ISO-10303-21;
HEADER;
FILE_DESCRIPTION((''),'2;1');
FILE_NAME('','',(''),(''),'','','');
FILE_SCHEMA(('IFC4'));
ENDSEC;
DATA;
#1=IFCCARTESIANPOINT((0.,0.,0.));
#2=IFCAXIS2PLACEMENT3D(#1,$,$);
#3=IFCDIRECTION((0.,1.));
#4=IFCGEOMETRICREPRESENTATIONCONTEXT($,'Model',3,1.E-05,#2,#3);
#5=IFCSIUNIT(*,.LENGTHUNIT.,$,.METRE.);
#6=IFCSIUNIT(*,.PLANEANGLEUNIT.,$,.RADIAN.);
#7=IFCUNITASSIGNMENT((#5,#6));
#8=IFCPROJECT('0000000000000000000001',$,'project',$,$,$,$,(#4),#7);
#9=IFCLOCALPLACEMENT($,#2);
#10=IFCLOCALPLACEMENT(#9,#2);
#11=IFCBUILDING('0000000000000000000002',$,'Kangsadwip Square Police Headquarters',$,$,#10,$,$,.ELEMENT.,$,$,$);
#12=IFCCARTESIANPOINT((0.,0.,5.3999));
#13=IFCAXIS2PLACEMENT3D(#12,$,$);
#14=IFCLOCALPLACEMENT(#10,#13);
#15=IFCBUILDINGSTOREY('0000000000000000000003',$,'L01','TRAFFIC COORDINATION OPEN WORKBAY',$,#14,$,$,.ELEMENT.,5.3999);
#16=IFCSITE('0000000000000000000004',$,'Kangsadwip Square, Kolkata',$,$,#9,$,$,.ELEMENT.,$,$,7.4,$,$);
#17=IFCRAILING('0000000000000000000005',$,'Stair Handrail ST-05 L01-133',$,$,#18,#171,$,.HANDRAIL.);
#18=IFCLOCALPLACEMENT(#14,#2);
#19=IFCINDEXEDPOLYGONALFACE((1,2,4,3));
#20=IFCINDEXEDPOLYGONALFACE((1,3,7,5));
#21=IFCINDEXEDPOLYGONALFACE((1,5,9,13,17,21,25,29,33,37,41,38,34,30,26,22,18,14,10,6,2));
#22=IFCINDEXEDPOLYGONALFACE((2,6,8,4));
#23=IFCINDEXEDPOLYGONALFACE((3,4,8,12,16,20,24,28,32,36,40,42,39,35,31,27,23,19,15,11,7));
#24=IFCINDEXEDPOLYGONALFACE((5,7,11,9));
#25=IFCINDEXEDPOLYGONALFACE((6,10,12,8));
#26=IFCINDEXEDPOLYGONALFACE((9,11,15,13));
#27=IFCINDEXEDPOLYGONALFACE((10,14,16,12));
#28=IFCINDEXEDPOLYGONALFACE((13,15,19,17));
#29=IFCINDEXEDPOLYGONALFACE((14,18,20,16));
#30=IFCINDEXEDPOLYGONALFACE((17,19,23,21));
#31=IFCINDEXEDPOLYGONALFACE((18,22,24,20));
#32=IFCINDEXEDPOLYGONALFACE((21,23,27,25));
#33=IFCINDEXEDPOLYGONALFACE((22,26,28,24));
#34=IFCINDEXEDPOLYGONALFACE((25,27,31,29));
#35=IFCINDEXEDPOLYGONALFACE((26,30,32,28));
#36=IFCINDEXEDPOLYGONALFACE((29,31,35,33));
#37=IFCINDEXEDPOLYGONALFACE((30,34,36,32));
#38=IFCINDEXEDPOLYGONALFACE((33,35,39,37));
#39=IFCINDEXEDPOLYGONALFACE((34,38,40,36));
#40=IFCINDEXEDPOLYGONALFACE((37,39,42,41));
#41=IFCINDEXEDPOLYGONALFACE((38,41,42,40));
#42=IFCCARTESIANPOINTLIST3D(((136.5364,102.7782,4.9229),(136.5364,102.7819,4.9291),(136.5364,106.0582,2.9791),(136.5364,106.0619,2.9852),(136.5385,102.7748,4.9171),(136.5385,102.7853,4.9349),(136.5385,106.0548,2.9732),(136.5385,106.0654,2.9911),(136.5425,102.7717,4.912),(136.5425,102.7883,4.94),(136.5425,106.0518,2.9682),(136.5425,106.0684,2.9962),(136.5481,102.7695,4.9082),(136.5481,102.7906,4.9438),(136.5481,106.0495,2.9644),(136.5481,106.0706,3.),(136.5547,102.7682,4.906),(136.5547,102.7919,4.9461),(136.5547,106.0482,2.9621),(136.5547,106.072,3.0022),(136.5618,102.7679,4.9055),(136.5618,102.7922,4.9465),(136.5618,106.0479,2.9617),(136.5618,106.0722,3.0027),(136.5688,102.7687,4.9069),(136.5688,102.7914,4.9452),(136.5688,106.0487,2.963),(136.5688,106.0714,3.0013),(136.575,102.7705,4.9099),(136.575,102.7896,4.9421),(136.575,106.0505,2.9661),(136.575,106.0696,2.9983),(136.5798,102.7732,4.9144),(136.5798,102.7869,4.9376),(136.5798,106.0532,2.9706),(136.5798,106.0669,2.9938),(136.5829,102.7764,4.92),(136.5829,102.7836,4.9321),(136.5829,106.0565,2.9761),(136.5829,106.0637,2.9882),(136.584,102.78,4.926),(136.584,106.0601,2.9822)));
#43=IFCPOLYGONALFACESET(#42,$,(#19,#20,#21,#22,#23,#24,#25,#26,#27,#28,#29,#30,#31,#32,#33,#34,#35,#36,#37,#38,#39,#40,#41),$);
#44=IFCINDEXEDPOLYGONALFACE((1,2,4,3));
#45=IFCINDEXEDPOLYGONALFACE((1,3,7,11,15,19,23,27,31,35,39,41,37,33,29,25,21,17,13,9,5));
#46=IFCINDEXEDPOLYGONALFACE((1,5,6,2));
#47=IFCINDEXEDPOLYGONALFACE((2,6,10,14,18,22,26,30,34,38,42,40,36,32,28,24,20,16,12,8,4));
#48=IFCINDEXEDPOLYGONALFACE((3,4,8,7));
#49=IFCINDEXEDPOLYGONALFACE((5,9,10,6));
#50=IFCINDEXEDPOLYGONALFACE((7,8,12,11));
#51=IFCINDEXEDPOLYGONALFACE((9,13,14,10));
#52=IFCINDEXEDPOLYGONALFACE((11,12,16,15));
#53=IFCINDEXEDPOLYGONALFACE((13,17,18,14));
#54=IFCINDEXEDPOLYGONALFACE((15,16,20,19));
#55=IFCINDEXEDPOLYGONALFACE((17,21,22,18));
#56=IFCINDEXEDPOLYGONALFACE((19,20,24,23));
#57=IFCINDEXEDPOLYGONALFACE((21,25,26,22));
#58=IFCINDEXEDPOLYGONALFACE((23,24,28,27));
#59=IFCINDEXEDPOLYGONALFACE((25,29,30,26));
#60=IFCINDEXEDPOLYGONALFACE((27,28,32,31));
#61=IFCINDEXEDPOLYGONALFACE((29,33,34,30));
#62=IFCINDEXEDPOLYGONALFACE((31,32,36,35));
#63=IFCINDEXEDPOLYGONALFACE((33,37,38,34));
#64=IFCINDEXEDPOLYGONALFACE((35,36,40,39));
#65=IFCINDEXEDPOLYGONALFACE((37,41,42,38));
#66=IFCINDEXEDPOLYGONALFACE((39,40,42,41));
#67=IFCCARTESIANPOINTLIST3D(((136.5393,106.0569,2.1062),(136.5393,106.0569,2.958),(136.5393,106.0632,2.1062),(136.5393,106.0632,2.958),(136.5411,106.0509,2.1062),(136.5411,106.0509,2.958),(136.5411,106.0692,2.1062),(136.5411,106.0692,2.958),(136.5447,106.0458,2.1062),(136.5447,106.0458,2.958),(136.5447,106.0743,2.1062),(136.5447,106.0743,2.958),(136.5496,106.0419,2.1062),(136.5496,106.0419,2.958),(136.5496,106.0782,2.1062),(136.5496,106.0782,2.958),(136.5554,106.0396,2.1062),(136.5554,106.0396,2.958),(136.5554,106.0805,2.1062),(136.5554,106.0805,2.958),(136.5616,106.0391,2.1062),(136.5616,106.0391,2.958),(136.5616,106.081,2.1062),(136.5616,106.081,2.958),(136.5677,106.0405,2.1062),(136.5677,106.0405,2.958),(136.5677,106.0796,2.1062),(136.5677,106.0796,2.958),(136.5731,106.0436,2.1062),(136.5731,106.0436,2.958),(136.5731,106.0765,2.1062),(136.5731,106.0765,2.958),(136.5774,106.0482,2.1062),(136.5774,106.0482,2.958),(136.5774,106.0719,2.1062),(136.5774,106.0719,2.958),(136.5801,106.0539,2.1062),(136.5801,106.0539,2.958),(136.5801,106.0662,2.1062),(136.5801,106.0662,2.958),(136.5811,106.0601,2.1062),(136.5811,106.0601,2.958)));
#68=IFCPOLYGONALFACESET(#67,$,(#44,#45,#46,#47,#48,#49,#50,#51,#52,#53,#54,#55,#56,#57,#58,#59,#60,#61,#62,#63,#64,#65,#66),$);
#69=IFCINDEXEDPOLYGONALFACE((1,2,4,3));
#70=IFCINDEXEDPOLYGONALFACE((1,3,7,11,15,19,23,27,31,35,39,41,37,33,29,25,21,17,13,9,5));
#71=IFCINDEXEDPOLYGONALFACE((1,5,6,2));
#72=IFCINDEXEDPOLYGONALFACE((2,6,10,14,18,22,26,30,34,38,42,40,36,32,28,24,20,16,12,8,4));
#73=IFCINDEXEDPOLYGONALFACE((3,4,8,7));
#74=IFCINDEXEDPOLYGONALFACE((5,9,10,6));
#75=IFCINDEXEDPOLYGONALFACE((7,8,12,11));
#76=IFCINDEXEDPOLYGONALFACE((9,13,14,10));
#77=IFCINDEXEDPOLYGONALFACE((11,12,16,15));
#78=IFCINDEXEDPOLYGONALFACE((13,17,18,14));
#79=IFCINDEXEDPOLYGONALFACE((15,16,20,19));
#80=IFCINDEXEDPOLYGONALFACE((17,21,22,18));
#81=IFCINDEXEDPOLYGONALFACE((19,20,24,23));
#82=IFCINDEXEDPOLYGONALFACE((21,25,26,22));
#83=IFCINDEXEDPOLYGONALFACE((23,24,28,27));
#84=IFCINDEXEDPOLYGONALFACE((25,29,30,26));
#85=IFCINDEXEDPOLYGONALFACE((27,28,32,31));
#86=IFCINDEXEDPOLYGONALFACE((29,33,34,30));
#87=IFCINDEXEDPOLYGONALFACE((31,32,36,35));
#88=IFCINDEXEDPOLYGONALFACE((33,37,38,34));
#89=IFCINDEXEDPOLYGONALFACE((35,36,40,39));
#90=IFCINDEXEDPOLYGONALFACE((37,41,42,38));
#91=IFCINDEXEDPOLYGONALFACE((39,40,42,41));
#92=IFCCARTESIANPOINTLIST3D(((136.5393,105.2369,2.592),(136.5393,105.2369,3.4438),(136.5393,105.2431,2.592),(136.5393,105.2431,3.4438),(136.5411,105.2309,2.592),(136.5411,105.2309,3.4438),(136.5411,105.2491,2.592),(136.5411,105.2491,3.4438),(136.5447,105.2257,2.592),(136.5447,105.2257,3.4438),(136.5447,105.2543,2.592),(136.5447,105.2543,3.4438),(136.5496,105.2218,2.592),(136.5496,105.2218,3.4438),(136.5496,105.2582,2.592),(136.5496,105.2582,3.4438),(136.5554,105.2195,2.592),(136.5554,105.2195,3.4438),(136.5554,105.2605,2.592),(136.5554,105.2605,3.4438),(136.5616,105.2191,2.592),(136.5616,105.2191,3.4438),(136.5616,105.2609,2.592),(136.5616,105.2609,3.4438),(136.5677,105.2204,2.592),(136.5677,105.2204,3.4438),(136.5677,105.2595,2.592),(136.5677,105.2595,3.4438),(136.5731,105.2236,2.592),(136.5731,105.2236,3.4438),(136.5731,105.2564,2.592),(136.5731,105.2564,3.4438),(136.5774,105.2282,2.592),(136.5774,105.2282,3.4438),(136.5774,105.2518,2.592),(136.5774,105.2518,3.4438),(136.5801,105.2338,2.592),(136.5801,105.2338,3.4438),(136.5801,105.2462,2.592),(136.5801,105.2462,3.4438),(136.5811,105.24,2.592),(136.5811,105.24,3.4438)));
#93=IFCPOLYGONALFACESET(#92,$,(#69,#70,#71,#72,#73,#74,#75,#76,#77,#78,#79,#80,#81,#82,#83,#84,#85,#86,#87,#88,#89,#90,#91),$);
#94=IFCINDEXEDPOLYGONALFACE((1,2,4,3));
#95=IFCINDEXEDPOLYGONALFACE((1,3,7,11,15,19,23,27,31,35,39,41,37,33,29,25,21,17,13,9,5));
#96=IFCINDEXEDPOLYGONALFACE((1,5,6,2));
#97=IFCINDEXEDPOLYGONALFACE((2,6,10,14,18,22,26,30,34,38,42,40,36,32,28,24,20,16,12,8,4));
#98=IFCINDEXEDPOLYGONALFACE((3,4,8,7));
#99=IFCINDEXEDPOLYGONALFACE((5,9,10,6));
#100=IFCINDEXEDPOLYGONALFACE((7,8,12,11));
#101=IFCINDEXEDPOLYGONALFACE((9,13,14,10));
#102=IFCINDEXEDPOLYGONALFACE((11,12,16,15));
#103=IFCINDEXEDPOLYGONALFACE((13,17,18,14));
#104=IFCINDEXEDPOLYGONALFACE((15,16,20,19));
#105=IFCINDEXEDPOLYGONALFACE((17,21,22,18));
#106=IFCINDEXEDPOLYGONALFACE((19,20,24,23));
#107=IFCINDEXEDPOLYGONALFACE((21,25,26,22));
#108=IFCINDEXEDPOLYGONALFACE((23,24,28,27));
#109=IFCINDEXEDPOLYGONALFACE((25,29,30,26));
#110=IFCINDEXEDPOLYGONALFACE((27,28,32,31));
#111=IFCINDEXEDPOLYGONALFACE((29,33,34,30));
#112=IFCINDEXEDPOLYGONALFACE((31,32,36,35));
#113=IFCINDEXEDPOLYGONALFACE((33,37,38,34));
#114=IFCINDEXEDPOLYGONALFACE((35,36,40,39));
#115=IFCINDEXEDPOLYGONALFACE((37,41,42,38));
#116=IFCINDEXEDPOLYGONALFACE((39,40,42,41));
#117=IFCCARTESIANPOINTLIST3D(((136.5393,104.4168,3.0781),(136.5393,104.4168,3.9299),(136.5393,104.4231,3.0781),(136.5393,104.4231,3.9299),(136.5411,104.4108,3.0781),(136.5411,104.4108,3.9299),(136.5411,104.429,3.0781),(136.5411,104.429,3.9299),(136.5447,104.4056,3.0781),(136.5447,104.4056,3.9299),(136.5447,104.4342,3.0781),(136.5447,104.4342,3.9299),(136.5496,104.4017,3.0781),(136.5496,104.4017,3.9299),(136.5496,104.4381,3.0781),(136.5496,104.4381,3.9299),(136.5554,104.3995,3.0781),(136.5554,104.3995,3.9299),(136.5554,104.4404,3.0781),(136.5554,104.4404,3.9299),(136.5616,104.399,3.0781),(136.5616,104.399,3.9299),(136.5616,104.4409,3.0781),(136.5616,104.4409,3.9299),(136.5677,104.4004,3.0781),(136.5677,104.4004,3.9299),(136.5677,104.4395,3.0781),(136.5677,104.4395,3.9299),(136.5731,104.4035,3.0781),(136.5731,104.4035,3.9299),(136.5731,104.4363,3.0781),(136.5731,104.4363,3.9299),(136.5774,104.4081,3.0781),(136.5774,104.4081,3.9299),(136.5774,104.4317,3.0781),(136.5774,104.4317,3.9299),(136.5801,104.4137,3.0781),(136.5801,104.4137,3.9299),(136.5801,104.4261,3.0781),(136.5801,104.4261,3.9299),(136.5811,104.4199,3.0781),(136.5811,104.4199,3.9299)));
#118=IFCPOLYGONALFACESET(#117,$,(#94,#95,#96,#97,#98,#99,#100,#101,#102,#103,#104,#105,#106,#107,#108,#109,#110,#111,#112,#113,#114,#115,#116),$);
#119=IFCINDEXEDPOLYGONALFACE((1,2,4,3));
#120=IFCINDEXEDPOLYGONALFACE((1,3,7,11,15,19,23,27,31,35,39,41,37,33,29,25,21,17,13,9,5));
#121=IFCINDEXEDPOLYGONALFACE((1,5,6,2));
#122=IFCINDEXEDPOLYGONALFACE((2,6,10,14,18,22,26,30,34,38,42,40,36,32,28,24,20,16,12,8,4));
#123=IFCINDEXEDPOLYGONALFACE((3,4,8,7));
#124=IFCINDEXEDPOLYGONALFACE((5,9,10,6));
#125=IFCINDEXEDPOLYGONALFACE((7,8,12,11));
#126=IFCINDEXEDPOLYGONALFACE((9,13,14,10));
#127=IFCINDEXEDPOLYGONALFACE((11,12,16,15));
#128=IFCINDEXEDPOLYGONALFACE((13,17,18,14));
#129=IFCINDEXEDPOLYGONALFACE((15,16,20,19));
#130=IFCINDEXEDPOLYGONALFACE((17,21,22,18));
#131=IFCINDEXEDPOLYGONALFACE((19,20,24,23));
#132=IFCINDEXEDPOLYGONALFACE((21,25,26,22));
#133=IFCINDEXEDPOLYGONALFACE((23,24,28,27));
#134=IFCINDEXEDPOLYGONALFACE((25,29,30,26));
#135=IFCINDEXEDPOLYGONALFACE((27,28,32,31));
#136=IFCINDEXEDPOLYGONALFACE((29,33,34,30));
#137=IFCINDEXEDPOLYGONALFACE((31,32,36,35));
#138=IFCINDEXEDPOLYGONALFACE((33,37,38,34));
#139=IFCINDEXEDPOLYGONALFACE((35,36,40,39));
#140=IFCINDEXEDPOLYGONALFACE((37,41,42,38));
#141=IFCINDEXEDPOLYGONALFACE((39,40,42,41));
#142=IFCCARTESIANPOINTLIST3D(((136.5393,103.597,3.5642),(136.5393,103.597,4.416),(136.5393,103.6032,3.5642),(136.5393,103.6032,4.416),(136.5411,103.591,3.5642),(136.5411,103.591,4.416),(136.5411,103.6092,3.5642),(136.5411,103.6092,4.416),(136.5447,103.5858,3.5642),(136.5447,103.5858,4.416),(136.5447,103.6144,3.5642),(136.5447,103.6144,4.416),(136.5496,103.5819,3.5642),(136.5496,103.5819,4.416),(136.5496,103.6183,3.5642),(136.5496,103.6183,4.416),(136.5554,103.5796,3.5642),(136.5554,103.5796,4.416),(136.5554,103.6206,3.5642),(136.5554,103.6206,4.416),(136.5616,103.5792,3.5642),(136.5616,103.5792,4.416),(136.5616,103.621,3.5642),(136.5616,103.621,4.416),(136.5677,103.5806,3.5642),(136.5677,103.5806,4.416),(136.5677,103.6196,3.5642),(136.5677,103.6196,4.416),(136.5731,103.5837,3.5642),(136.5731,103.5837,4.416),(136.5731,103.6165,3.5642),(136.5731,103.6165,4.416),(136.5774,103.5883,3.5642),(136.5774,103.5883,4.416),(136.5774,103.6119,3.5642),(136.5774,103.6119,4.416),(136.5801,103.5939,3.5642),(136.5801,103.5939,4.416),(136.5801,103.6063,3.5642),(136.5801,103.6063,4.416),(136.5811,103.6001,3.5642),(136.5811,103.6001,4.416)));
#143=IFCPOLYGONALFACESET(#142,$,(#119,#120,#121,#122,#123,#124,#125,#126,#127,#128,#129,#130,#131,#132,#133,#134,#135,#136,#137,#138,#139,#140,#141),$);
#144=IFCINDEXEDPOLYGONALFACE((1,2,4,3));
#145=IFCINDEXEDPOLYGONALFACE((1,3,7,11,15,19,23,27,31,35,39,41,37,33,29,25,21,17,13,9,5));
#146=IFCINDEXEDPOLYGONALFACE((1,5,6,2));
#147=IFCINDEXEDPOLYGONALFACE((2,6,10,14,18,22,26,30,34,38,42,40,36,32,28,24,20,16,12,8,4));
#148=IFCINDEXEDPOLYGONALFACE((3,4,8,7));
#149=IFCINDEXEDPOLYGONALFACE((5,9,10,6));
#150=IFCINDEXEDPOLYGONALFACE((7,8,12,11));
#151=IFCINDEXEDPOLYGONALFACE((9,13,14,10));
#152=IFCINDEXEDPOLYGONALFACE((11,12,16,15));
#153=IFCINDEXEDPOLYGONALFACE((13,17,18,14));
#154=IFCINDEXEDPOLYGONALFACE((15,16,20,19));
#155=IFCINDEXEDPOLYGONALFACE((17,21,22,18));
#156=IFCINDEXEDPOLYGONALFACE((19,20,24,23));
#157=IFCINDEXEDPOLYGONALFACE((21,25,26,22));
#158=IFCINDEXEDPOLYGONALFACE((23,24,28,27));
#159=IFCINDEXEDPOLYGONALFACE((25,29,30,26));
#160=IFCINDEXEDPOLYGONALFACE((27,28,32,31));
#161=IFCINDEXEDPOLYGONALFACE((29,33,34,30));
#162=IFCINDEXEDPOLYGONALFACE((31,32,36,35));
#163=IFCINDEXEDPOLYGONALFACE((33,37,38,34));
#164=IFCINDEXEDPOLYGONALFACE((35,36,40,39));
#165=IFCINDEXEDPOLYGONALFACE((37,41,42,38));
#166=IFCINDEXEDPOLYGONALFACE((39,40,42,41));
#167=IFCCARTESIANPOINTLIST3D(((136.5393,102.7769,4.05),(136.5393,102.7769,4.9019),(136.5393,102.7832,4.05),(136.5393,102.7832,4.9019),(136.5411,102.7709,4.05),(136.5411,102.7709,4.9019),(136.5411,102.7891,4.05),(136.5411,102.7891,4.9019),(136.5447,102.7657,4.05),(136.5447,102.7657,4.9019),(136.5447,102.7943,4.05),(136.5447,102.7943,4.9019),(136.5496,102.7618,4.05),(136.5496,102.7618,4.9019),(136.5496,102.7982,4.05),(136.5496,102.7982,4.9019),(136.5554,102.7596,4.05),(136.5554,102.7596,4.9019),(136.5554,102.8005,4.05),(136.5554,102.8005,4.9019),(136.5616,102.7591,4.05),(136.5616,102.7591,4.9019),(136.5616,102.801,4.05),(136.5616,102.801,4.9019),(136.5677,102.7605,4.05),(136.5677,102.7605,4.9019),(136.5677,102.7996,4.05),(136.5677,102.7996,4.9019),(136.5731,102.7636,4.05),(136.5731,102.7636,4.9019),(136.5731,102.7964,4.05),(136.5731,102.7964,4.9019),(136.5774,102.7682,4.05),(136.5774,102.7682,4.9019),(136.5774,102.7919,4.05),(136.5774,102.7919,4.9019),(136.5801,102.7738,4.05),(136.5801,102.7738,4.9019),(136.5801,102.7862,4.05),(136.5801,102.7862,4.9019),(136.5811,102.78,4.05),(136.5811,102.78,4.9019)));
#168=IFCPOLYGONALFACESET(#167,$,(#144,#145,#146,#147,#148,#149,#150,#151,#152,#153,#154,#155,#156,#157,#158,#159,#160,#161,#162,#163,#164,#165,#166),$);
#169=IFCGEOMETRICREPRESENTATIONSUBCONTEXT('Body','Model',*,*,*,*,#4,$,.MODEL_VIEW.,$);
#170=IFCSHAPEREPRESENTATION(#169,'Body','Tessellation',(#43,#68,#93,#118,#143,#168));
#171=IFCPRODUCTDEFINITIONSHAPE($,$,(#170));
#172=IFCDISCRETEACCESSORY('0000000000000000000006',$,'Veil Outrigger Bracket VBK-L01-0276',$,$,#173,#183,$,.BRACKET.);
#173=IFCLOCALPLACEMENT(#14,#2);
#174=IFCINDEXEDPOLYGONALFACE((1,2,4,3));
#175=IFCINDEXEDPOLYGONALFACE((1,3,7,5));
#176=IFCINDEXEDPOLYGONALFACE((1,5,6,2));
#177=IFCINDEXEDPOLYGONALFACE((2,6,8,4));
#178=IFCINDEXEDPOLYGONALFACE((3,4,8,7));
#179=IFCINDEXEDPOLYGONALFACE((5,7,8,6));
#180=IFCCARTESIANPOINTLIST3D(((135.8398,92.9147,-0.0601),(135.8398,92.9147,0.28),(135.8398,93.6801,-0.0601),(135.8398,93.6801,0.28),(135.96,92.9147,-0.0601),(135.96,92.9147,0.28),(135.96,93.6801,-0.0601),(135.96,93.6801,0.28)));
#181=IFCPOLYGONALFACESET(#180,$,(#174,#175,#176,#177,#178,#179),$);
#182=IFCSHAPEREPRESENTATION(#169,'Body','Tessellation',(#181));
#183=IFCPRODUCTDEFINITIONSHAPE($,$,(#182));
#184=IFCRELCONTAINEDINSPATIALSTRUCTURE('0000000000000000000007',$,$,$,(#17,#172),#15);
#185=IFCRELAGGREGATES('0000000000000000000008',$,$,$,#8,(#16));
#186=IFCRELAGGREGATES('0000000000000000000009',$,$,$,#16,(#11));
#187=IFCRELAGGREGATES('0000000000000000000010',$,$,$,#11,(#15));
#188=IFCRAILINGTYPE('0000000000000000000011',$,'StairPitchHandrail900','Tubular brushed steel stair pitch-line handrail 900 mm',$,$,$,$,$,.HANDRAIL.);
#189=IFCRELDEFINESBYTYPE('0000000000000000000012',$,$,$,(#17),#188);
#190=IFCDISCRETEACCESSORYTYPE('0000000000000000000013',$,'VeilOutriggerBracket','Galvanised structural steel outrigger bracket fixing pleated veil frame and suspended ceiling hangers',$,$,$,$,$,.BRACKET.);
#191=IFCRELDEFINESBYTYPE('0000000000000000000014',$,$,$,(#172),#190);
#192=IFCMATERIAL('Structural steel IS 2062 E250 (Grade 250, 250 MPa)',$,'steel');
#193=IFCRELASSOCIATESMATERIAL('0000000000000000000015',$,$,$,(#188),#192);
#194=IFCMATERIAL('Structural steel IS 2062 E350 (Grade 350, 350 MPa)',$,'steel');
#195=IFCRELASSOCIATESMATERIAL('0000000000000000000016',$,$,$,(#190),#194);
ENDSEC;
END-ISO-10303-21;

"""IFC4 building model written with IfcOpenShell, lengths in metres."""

from ifc_helpers import new_model, si_unit, direction, frame, origin, origin_2d, place, context, subcontext, project, spatial, rectangle, circle, extrude, material, type_object, element, save


model = new_model("IFC4")

# Units and contexts
model_context = context("Model", 3, precision=1e-05, world=origin(), true_north=direction((0.0, 1.0)))
body_context = subcontext(model_context, "Body", "Model", "MODEL_VIEW")
ifc_project = project(units=[si_unit("LENGTHUNIT", "METRE"), si_unit("PLANEANGLEUNIT", "RADIAN")], contexts=[model_context])

# Site, building, storey
site_placement = place(None, origin())
site = spatial("IfcSite", under=ifc_project, at=site_placement, Name="Kangsadwip Square, Kolkata", CompositionType="ELEMENT", RefElevation=7.4)
building_placement = place(site_placement, origin())
building = spatial("IfcBuilding", under=site, at=building_placement, Name="Kangsadwip Square Police Headquarters", CompositionType="ELEMENT")
storey_placement = place(building_placement, frame((0.0, 0.0, 5.3999)))
storey = spatial("IfcBuildingStorey", under=building, at=storey_placement, Name="L01", Description="TRAFFIC COORDINATION OPEN WORKBAY", CompositionType="ELEMENT", Elevation=5.3999)

# Railing
ifc_material_1 = material(Name="Structural steel IS 2062 E250 (Grade 250, 250 MPa)", Category="steel")
railing_type_1 = type_object("IfcRailingType", Name="StairPitchHandrail900", Description="Tubular brushed steel stair pitch-line handrail 900 mm", PredefinedType="HANDRAIL", material=ifc_material_1)
railing_placement = place(storey_placement, frame((136.5601, 106.0601, 2.1062)))
element("IfcRailing", 1, at=railing_placement, inside=storey, type_object=railing_type_1, Name="Stair Handrail ST-05 L01-133", PredefinedType="HANDRAIL", context=body_context, shape_type="SweptSolid", body=[
    extrude(circle(Radius=0.0239, at=origin_2d()), frame((0.0, 0.0, 0.876), z_axis=(0.0, -0.860277, 0.509827), x_axis=(1.0, 0.0, 0.0)), (0.0, 0.0, 1.0), 3.8127),
    extrude(circle(Radius=0.021, at=origin_2d()), origin(), (0.0, 0.0, 1.0), 0.8518),
    extrude(circle(Radius=0.021, at=origin_2d()), frame((0.0, -0.8201, 0.4858)), (0.0, 0.0, 1.0), 0.8518),
    extrude(circle(Radius=0.021, at=origin_2d()), frame((0.0, -1.6401, 0.9719)), (0.0, 0.0, 1.0), 0.8518),
    extrude(circle(Radius=0.021, at=origin_2d()), frame((0.0, -2.46, 1.458)), (0.0, 0.0, 1.0), 0.8518),
    extrude(circle(Radius=0.021, at=origin_2d()), frame((0.0, -3.28, 1.9438)), (0.0, 0.0, 1.0), 0.8518),
])

# Discrete accessory
ifc_material_2 = material(Name="Structural steel IS 2062 E350 (Grade 350, 350 MPa)", Category="steel")
discrete_accessory_type = type_object("IfcDiscreteAccessoryType", Name="VeilOutriggerBracket", Description="Galvanised structural steel outrigger bracket fixing pleated veil frame and suspended ceiling hangers", PredefinedType="BRACKET", material=ifc_material_2)
discrete_accessory_placement = place(storey_placement, frame((135.8999, 93.2974, -0.0601), z_axis=(0.0, 0.0, 1.0), x_axis=(1.0, 0.0, 0.0)))
element("IfcDiscreteAccessory", 2, at=discrete_accessory_placement, inside=storey, type_object=discrete_accessory_type, Name="Veil Outrigger Bracket VBK-L01-0276", PredefinedType="BRACKET", context=body_context, shape_type="SweptSolid", body=[
    extrude(rectangle(XDim=0.1201, YDim=0.7654, at=origin_2d()), origin(), (0.0, 0.0, 1.0), 0.3401),
])

save(model, "model.ifc")
